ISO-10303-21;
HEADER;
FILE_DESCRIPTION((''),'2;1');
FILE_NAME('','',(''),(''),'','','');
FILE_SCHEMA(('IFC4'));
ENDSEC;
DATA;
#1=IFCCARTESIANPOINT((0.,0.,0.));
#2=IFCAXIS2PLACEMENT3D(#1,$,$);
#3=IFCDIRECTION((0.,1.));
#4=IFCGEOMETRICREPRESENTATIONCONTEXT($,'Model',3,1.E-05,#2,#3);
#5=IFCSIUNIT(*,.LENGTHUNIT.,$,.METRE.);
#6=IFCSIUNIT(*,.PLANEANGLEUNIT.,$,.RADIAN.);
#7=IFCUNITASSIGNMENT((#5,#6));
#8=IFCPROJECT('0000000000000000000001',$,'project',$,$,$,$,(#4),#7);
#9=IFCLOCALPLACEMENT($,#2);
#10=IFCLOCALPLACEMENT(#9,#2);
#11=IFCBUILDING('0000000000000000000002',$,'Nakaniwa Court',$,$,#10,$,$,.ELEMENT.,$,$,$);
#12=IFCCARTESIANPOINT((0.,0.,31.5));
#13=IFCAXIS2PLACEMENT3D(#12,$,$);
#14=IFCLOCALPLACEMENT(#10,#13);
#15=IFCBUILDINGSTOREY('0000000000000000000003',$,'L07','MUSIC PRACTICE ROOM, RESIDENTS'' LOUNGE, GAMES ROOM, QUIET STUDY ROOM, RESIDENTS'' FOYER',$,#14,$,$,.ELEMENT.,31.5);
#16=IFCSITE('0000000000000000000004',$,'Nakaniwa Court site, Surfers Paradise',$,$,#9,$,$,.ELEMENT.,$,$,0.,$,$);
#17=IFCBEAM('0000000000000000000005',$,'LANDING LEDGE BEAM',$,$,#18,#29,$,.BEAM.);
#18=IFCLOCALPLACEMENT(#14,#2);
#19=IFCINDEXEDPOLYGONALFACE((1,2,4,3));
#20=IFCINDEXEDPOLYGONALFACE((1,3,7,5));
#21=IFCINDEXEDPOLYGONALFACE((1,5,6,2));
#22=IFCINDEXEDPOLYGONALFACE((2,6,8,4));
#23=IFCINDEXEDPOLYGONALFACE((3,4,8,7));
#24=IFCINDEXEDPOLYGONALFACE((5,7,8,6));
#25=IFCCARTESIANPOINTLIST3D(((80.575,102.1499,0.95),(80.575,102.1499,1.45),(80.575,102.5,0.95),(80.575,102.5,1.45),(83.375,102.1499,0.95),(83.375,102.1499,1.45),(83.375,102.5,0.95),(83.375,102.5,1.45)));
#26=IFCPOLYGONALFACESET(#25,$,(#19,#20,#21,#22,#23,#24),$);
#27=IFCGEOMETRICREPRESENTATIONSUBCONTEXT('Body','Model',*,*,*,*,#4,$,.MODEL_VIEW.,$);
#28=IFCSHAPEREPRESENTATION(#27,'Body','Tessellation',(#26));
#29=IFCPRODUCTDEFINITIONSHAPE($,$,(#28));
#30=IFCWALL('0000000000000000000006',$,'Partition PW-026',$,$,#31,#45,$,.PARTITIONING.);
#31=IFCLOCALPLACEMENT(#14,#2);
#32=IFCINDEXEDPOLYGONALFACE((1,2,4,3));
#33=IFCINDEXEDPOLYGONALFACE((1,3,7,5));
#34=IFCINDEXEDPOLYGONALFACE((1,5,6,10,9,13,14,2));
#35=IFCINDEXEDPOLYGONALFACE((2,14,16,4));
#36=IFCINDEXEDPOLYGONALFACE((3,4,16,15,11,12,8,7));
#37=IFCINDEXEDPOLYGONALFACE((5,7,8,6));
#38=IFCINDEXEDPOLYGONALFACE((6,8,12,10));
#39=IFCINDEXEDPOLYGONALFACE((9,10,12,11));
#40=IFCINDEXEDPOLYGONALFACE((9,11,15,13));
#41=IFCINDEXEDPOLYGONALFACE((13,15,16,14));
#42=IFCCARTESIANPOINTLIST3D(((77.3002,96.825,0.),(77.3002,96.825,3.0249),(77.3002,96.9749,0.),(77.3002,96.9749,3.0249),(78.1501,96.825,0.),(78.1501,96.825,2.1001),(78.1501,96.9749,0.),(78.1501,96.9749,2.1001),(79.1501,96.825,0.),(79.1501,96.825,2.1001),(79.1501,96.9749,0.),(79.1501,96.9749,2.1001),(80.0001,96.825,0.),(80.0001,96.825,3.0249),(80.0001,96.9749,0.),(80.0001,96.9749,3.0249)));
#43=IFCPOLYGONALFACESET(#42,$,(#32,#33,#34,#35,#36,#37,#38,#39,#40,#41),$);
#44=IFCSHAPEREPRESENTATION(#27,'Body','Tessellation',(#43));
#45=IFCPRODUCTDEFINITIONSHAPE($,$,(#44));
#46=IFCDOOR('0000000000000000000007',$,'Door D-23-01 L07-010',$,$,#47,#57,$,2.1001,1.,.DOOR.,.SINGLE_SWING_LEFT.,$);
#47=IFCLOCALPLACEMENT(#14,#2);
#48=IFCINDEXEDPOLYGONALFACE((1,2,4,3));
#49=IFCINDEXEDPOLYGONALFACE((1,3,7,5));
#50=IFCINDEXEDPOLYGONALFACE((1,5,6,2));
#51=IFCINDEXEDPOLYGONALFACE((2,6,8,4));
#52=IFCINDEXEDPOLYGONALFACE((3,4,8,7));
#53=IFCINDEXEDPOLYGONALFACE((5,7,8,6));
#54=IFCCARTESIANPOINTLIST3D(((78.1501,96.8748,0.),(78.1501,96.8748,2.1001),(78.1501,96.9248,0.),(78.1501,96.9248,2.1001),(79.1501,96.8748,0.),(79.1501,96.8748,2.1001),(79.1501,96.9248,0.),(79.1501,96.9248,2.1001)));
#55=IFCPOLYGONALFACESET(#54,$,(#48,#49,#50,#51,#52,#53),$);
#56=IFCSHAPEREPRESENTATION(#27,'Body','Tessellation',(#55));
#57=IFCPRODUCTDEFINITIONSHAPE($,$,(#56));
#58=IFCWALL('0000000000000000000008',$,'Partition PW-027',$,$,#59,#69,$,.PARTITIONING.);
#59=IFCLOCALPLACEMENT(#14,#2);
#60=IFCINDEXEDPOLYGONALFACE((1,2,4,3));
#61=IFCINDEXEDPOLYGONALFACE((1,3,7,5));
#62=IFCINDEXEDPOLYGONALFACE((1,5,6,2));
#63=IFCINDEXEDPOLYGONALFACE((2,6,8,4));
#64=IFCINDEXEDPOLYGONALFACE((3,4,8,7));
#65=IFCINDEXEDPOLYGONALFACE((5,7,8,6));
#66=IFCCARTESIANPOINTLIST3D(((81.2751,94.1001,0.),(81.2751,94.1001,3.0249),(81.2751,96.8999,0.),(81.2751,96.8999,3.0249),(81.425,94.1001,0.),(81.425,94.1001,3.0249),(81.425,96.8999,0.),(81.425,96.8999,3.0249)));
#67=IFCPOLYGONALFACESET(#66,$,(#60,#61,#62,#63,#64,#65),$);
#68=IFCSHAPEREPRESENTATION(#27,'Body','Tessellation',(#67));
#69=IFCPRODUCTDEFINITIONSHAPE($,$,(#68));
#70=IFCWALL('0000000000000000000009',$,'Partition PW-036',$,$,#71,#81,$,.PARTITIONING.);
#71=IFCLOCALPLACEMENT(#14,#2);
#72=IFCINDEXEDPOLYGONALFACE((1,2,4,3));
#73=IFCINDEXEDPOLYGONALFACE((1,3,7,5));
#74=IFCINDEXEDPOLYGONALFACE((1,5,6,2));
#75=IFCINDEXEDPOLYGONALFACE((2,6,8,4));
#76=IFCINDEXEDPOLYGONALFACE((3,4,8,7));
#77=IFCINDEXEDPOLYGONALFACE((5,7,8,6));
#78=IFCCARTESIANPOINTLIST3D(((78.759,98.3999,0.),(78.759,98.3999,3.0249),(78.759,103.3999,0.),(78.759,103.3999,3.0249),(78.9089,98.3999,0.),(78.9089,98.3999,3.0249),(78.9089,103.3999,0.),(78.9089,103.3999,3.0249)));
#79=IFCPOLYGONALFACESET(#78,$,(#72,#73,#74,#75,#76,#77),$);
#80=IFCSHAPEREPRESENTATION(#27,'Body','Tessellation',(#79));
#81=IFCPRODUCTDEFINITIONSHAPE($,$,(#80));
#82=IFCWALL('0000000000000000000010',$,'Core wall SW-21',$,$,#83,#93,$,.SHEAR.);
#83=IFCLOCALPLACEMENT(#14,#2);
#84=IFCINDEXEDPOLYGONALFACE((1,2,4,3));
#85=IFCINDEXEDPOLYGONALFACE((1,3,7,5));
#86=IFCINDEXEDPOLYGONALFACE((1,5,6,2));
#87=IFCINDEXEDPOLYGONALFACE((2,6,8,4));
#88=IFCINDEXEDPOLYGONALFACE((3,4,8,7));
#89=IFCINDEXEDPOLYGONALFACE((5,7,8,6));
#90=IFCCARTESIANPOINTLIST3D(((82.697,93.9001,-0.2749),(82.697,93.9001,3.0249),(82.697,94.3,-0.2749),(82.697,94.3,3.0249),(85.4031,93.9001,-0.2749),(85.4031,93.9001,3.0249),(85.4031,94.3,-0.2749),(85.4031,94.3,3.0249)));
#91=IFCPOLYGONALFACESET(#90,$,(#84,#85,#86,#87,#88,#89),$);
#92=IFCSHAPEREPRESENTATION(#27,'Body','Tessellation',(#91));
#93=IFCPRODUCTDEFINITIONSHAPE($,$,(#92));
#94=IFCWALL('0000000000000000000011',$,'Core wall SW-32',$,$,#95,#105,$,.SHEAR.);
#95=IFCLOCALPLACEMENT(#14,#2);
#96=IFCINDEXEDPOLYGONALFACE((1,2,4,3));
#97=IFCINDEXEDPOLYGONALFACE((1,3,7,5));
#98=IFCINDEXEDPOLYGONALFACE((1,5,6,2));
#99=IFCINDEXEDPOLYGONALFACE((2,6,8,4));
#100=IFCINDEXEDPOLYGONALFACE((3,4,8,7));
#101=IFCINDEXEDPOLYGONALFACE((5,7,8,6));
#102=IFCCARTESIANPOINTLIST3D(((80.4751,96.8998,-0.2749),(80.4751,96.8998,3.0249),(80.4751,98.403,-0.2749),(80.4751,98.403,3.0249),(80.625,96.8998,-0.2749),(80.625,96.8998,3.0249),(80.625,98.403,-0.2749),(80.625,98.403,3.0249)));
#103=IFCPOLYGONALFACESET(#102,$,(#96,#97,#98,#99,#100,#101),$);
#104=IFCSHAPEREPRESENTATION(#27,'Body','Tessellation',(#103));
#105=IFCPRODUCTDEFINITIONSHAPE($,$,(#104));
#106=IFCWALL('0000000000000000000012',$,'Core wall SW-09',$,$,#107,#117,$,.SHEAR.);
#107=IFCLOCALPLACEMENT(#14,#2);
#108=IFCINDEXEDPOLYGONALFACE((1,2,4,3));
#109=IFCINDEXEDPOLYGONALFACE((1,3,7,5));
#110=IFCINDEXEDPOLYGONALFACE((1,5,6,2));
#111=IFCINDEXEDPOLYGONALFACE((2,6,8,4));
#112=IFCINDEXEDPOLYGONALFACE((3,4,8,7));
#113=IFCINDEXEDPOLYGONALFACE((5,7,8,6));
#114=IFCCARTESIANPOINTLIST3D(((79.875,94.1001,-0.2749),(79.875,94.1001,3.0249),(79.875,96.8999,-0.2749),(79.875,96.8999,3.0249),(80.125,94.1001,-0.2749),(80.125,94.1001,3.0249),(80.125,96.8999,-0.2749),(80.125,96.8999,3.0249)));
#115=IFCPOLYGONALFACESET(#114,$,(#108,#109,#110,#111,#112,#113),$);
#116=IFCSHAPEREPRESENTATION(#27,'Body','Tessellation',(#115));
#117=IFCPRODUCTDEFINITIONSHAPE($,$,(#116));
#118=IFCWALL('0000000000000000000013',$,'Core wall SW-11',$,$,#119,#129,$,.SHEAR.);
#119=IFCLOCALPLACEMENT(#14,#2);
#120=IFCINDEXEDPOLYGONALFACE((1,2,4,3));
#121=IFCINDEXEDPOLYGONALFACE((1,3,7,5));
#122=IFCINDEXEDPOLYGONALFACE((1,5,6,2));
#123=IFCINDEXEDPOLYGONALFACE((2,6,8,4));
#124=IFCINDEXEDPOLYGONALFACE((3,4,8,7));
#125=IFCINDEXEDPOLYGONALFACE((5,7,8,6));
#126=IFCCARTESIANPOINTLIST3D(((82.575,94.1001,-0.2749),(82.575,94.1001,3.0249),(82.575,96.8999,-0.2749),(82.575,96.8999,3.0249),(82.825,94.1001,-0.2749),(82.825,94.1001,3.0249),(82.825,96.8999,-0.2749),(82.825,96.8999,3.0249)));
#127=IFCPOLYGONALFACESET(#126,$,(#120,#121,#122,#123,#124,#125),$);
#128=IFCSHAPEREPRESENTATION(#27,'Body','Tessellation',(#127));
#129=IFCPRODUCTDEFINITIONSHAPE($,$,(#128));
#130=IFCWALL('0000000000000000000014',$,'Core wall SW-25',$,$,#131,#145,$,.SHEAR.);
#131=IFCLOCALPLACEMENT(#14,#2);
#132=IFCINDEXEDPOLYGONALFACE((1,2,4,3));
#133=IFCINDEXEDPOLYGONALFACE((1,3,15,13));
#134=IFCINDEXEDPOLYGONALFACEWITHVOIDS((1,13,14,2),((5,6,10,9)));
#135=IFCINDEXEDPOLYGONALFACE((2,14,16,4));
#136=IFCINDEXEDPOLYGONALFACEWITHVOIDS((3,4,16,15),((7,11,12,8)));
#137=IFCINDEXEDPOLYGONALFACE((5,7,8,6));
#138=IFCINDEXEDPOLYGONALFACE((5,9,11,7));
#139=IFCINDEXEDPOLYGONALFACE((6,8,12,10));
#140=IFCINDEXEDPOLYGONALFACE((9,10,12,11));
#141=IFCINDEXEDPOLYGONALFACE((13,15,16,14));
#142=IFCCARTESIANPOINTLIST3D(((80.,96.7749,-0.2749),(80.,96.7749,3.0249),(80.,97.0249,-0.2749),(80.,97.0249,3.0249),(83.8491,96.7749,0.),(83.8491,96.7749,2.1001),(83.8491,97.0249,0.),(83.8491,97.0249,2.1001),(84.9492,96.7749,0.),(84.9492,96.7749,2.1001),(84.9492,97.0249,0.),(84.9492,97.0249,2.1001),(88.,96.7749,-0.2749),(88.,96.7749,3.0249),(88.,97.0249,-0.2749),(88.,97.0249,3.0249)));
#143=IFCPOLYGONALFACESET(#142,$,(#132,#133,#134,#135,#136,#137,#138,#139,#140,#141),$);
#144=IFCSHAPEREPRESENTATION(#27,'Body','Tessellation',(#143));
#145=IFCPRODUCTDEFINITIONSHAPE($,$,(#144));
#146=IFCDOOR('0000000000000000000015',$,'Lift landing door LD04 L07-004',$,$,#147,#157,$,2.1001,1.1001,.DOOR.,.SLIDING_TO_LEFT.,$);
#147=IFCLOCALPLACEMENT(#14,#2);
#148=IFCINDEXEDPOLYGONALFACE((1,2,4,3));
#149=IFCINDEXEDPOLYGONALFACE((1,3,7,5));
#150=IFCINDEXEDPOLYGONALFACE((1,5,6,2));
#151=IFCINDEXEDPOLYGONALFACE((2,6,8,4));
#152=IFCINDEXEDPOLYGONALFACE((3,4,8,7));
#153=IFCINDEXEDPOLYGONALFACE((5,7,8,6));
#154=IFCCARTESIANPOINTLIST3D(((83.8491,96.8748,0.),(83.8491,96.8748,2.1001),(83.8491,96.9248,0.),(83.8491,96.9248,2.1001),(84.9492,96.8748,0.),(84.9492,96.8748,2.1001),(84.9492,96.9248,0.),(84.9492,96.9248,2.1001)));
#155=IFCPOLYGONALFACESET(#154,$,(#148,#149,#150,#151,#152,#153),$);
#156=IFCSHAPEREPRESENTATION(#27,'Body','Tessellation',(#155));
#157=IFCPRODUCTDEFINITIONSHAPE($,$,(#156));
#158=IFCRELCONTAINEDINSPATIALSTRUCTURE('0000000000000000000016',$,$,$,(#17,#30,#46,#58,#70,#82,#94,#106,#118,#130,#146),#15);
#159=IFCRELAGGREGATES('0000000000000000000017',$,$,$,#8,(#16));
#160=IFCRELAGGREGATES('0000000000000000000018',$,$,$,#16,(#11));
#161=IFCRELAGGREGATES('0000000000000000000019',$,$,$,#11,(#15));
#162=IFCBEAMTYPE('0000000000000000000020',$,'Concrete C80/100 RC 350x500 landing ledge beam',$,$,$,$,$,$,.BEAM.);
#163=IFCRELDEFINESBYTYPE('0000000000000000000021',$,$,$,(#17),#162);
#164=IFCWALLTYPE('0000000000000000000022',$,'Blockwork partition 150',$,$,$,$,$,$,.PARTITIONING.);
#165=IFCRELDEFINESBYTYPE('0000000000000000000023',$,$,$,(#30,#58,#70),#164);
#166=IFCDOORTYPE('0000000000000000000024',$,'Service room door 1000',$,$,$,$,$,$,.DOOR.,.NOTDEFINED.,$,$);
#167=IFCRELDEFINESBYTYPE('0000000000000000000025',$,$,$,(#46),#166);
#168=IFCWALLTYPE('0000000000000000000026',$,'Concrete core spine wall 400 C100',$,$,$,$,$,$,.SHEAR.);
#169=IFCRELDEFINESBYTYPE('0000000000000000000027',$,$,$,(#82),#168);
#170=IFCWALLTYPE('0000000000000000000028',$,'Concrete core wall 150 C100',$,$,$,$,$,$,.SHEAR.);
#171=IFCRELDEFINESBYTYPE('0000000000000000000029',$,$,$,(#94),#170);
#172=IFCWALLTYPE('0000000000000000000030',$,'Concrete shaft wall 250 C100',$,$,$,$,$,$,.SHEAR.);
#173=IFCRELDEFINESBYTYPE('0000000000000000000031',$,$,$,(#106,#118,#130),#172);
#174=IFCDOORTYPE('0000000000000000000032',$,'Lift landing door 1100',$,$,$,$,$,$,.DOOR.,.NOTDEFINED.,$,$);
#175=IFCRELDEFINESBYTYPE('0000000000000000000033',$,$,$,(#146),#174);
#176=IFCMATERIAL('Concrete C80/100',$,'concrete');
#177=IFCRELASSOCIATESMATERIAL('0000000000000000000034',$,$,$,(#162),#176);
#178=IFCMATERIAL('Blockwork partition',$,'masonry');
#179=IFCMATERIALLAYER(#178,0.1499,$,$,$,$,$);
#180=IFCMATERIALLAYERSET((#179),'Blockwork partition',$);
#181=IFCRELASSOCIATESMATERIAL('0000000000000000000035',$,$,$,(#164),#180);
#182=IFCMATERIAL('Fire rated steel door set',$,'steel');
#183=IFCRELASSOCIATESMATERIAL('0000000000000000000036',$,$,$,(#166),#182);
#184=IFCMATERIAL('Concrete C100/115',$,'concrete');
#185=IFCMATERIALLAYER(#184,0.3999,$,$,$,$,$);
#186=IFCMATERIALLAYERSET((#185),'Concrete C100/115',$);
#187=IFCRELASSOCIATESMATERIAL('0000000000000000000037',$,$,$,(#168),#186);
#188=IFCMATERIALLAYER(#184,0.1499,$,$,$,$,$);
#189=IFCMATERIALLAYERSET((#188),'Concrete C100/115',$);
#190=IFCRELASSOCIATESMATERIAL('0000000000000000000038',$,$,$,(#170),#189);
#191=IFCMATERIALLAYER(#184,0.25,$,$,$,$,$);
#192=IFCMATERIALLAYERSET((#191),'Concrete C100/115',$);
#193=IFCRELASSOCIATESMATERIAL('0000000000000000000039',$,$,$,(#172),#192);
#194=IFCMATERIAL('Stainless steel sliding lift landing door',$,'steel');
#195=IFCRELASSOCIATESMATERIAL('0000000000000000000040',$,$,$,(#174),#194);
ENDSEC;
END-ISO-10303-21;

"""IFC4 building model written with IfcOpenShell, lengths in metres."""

from ifc_helpers import new_model, si_unit, direction, frame, frame_2d, origin, origin_2d, place, context, subcontext, project, spatial, rectangle, extrude, material, layer, layer_set, material_profile, profile_set, type_object, element, fill, save


model = new_model("IFC4")

# Units and contexts
model_context = context("Model", 3, precision=1e-05, world=origin(), true_north=direction((0.0, 1.0)))
body_context = subcontext(model_context, "Body", "Model", "MODEL_VIEW")
ifc_project = project(units=[si_unit("LENGTHUNIT", "METRE"), si_unit("PLANEANGLEUNIT", "RADIAN")], contexts=[model_context])

# Site, building, storey
site_placement = place(None, origin())
site = spatial("IfcSite", under=ifc_project, at=site_placement, Name="Nakaniwa Court site, Surfers Paradise", CompositionType="ELEMENT", RefElevation=0.0)
building_placement = place(site_placement, origin())
building = spatial("IfcBuilding", under=site, at=building_placement, Name="Nakaniwa Court", CompositionType="ELEMENT")
storey_placement = place(building_placement, frame((0.0, 0.0, 31.5)))
storey = spatial("IfcBuildingStorey", under=building, at=storey_placement, Name="L07", Description="MUSIC PRACTICE ROOM, RESIDENTS' LOUNGE, GAMES ROOM, QUIET STUDY ROOM, RESIDENTS' FOYER", CompositionType="ELEMENT", Elevation=31.5)

# Beam
ifc_material_1 = material(Name="Concrete C80/100", Category="concrete")
ifc_material_profile = material_profile(ifc_material_1, rectangle(XDim=0.3501, YDim=0.5, at=origin_2d()), Name="Concrete C80/100 RC 350x500 landing ledge beam")
ifc_profile_set = profile_set([ifc_material_profile], Name="Concrete C80/100")
beam_type = type_object("IfcBeamType", Name="Concrete C80/100 RC 350x500 landing ledge beam", PredefinedType="BEAM", material=ifc_profile_set)
beam_placement = place(storey_placement, frame((80.575, 102.325, 1.2), z_axis=(1.0, 0.0, 0.0), x_axis=(0.0, 1.0, 0.0)))
element("IfcBeam", 1, at=beam_placement, inside=storey, type_object=beam_type, Name="LANDING LEDGE BEAM", PredefinedType="BEAM", context=body_context, shape_type="SweptSolid", body=[
    extrude(rectangle(XDim=0.3501, YDim=0.5, at=origin_2d()), origin(), (0.0, 0.0, 1.0), 2.8),
])

# Wall, opening, door
ifc_material_2 = material(Name="Blockwork partition", Category="masonry")
ifc_layer_1 = layer(ifc_material_2, 0.1499)
ifc_layer_set_1 = layer_set([ifc_layer_1], Name="Blockwork partition")
wall_type_1 = type_object("IfcWallType", Name="Blockwork partition 150", PredefinedType="PARTITIONING", material=ifc_layer_set_1)
wall_1_placement = place(storey_placement, frame((77.3, 96.8999, 0.0), z_axis=(0.0, 0.0, 1.0), x_axis=(1.0, 0.0, 0.0)))
wall_1 = element("IfcWall", 2, at=wall_1_placement, inside=storey, type_object=wall_type_1, Name="Partition PW-026", PredefinedType="PARTITIONING", context=body_context, shape_type="SweptSolid", body=[
    extrude(rectangle(XDim=2.7, YDim=0.1499, at=frame_2d((1.3501, 0.0))), origin(), (0.0, 0.0, 1.0), 3.0249),
])
opening_1_placement = place(wall_1_placement, frame((0.8501, 0.0, 0.0)))
opening_1 = element("IfcOpeningElement", 3, at=opening_1_placement, cuts=wall_1, PredefinedType="OPENING", context=body_context, shape_type="SweptSolid", body=[
    extrude(rectangle(XDim=1.0, YDim=2.1001, at=frame_2d((0.5, 1.05))), frame((0.0, 0.085, 0.0), z_axis=(0.0, -1.0, 0.0), x_axis=(1.0, 0.0, 0.0)), (0.0, 0.0, 1.0), 0.1699),
])
ifc_material_3 = material(Name="Fire rated steel door set", Category="steel")
door_type_1 = type_object("IfcDoorType", Name="Service room door 1000", OperationType="NOTDEFINED", PredefinedType="DOOR", material=ifc_material_3)
door_1_placement = place(opening_1_placement, origin())
door_1 = element("IfcDoor", 4, at=door_1_placement, inside=storey, type_object=door_type_1, Name="Door D-23-01 L07-010", OperationType="SINGLE_SWING_LEFT", OverallHeight=2.1001, OverallWidth=1.0, PredefinedType="DOOR", context=body_context, shape_type="SweptSolid", body=[
    extrude(rectangle(XDim=1.0, YDim=2.1001, at=frame_2d((0.5, 1.05))), frame((0.0, 0.0249, 0.0), z_axis=(0.0, -1.0, 0.0), x_axis=(1.0, 0.0, 0.0)), (0.0, 0.0, 1.0), 0.05),
])
fill(opening_1, door_1)

# Walls
wall_2_placement = place(storey_placement, frame((81.3501, 94.1001, 0.0), z_axis=(0.0, 0.0, 1.0), x_axis=(0.0, 1.0, 0.0)))
element("IfcWall", 5, at=wall_2_placement, inside=storey, type_object=wall_type_1, Name="Partition PW-027", PredefinedType="PARTITIONING", context=body_context, shape_type="SweptSolid", body=[
    extrude(rectangle(XDim=2.7998, YDim=0.1499, at=frame_2d((1.3999, 0.0))), origin(), (0.0, 0.0, 1.0), 3.0249),
])
wall_3_placement = place(storey_placement, frame((78.834, 98.3999, 0.0), z_axis=(0.0, 0.0, 1.0), x_axis=(0.0, 1.0, 0.0)))
element("IfcWall", 6, at=wall_3_placement, inside=storey, type_object=wall_type_1, Name="Partition PW-036", PredefinedType="PARTITIONING", context=body_context, shape_type="SweptSolid", body=[
    extrude(rectangle(XDim=5.0, YDim=0.1499, at=frame_2d((2.5, 0.0))), origin(), (0.0, 0.0, 1.0), 3.0249),
])
ifc_material_4 = material(Name="Concrete C100/115", Category="concrete")
ifc_layer_2 = layer(ifc_material_4, 0.3999)
ifc_layer_set_2 = layer_set([ifc_layer_2], Name="Concrete C100/115")
wall_type_2 = type_object("IfcWallType", Name="Concrete core spine wall 400 C100", PredefinedType="SHEAR", material=ifc_layer_set_2)
wall_4_placement = place(storey_placement, frame((82.697, 94.1001, -0.2749), z_axis=(0.0, 0.0, 1.0), x_axis=(1.0, 0.0, 0.0)))
element("IfcWall", 7, at=wall_4_placement, inside=storey, type_object=wall_type_2, Name="Core wall SW-21", PredefinedType="SHEAR", context=body_context, shape_type="SweptSolid", body=[
    extrude(rectangle(XDim=2.7061, YDim=0.3999, at=frame_2d((1.353, 0.0))), origin(), (0.0, 0.0, 1.0), 3.2998),
])
ifc_layer_3 = layer(ifc_material_4, 0.1499)
ifc_layer_set_3 = layer_set([ifc_layer_3], Name="Concrete C100/115")
wall_type_3 = type_object("IfcWallType", Name="Concrete core wall 150 C100", PredefinedType="SHEAR", material=ifc_layer_set_3)
wall_5_placement = place(storey_placement, frame((80.55, 96.8999, -0.2749), z_axis=(0.0, 0.0, 1.0), x_axis=(0.0, 1.0, 0.0)))
element("IfcWall", 8, at=wall_5_placement, inside=storey, type_object=wall_type_3, Name="Core wall SW-32", PredefinedType="SHEAR", context=body_context, shape_type="SweptSolid", body=[
    extrude(rectangle(XDim=1.5032, YDim=0.1499, at=frame_2d((0.7515, 0.0))), origin(), (0.0, 0.0, 1.0), 3.2998),
])
ifc_layer_4 = layer(ifc_material_4, 0.25)
ifc_layer_set_4 = layer_set([ifc_layer_4], Name="Concrete C100/115")
wall_type_4 = type_object("IfcWallType", Name="Concrete shaft wall 250 C100", PredefinedType="SHEAR", material=ifc_layer_set_4)
for number, where, z_axis, x_axis, name in (
    (9, (80.0, 94.1001, -0.2749), (0.0, 0.0, 1.0), (0.0, 1.0, 0.0), "Core wall SW-09"),
    (10, (82.7, 94.1001, -0.2749), (0.0, 0.0, 1.0), (0.0, 1.0, 0.0), "Core wall SW-11"),
):
    element("IfcWall", number, at=place(storey_placement, frame(where, z_axis=z_axis, x_axis=x_axis)), inside=storey, type_object=wall_type_4, Name=name, PredefinedType="SHEAR", context=body_context, shape_type="SweptSolid", body=[
        extrude(rectangle(XDim=2.7998, YDim=0.25, at=frame_2d((1.3999, 0.0))), origin(), (0.0, 0.0, 1.0), 3.2998),
    ])

# Wall, opening, door
wall_6_placement = place(storey_placement, frame((80.0, 96.8999, -0.2749), z_axis=(0.0, 0.0, 1.0), x_axis=(1.0, 0.0, 0.0)))
wall_6 = element("IfcWall", 11, at=wall_6_placement, inside=storey, type_object=wall_type_4, Name="Core wall SW-25", PredefinedType="SHEAR", context=body_context, shape_type="SweptSolid", body=[
    extrude(rectangle(XDim=8.0, YDim=0.25, at=frame_2d((4.0, 0.0))), origin(), (0.0, 0.0, 1.0), 3.2998),
])
opening_2_placement = place(wall_6_placement, frame((3.8491, 0.0, 0.2749)))
opening_2 = element("IfcOpeningElement", 12, at=opening_2_placement, cuts=wall_6, PredefinedType="OPENING", context=body_context, shape_type="SweptSolid", body=[
    extrude(rectangle(XDim=1.1001, YDim=2.1001, at=frame_2d((0.55, 1.05))), frame((0.0, 0.135, 0.0), z_axis=(0.0, -1.0, 0.0), x_axis=(1.0, 0.0, 0.0)), (0.0, 0.0, 1.0), 0.27),
])
ifc_material_5 = material(Name="Stainless steel sliding lift landing door", Category="steel")
door_type_2 = type_object("IfcDoorType", Name="Lift landing door 1100", OperationType="NOTDEFINED", PredefinedType="DOOR", material=ifc_material_5)
door_2_placement = place(opening_2_placement, origin())
door_2 = element("IfcDoor", 13, at=door_2_placement, inside=storey, type_object=door_type_2, Name="Lift landing door LD04 L07-004", OperationType="SLIDING_TO_LEFT", OverallHeight=2.1001, OverallWidth=1.1001, PredefinedType="DOOR", context=body_context, shape_type="SweptSolid", body=[
    extrude(rectangle(XDim=1.1001, YDim=2.1001, at=frame_2d((0.55, 1.05))), frame((0.0, 0.0249, 0.0), z_axis=(0.0, -1.0, 0.0), x_axis=(1.0, 0.0, 0.0)), (0.0, 0.0, 1.0), 0.05),
])
fill(opening_2, door_2)

save(model, "model.ifc")
